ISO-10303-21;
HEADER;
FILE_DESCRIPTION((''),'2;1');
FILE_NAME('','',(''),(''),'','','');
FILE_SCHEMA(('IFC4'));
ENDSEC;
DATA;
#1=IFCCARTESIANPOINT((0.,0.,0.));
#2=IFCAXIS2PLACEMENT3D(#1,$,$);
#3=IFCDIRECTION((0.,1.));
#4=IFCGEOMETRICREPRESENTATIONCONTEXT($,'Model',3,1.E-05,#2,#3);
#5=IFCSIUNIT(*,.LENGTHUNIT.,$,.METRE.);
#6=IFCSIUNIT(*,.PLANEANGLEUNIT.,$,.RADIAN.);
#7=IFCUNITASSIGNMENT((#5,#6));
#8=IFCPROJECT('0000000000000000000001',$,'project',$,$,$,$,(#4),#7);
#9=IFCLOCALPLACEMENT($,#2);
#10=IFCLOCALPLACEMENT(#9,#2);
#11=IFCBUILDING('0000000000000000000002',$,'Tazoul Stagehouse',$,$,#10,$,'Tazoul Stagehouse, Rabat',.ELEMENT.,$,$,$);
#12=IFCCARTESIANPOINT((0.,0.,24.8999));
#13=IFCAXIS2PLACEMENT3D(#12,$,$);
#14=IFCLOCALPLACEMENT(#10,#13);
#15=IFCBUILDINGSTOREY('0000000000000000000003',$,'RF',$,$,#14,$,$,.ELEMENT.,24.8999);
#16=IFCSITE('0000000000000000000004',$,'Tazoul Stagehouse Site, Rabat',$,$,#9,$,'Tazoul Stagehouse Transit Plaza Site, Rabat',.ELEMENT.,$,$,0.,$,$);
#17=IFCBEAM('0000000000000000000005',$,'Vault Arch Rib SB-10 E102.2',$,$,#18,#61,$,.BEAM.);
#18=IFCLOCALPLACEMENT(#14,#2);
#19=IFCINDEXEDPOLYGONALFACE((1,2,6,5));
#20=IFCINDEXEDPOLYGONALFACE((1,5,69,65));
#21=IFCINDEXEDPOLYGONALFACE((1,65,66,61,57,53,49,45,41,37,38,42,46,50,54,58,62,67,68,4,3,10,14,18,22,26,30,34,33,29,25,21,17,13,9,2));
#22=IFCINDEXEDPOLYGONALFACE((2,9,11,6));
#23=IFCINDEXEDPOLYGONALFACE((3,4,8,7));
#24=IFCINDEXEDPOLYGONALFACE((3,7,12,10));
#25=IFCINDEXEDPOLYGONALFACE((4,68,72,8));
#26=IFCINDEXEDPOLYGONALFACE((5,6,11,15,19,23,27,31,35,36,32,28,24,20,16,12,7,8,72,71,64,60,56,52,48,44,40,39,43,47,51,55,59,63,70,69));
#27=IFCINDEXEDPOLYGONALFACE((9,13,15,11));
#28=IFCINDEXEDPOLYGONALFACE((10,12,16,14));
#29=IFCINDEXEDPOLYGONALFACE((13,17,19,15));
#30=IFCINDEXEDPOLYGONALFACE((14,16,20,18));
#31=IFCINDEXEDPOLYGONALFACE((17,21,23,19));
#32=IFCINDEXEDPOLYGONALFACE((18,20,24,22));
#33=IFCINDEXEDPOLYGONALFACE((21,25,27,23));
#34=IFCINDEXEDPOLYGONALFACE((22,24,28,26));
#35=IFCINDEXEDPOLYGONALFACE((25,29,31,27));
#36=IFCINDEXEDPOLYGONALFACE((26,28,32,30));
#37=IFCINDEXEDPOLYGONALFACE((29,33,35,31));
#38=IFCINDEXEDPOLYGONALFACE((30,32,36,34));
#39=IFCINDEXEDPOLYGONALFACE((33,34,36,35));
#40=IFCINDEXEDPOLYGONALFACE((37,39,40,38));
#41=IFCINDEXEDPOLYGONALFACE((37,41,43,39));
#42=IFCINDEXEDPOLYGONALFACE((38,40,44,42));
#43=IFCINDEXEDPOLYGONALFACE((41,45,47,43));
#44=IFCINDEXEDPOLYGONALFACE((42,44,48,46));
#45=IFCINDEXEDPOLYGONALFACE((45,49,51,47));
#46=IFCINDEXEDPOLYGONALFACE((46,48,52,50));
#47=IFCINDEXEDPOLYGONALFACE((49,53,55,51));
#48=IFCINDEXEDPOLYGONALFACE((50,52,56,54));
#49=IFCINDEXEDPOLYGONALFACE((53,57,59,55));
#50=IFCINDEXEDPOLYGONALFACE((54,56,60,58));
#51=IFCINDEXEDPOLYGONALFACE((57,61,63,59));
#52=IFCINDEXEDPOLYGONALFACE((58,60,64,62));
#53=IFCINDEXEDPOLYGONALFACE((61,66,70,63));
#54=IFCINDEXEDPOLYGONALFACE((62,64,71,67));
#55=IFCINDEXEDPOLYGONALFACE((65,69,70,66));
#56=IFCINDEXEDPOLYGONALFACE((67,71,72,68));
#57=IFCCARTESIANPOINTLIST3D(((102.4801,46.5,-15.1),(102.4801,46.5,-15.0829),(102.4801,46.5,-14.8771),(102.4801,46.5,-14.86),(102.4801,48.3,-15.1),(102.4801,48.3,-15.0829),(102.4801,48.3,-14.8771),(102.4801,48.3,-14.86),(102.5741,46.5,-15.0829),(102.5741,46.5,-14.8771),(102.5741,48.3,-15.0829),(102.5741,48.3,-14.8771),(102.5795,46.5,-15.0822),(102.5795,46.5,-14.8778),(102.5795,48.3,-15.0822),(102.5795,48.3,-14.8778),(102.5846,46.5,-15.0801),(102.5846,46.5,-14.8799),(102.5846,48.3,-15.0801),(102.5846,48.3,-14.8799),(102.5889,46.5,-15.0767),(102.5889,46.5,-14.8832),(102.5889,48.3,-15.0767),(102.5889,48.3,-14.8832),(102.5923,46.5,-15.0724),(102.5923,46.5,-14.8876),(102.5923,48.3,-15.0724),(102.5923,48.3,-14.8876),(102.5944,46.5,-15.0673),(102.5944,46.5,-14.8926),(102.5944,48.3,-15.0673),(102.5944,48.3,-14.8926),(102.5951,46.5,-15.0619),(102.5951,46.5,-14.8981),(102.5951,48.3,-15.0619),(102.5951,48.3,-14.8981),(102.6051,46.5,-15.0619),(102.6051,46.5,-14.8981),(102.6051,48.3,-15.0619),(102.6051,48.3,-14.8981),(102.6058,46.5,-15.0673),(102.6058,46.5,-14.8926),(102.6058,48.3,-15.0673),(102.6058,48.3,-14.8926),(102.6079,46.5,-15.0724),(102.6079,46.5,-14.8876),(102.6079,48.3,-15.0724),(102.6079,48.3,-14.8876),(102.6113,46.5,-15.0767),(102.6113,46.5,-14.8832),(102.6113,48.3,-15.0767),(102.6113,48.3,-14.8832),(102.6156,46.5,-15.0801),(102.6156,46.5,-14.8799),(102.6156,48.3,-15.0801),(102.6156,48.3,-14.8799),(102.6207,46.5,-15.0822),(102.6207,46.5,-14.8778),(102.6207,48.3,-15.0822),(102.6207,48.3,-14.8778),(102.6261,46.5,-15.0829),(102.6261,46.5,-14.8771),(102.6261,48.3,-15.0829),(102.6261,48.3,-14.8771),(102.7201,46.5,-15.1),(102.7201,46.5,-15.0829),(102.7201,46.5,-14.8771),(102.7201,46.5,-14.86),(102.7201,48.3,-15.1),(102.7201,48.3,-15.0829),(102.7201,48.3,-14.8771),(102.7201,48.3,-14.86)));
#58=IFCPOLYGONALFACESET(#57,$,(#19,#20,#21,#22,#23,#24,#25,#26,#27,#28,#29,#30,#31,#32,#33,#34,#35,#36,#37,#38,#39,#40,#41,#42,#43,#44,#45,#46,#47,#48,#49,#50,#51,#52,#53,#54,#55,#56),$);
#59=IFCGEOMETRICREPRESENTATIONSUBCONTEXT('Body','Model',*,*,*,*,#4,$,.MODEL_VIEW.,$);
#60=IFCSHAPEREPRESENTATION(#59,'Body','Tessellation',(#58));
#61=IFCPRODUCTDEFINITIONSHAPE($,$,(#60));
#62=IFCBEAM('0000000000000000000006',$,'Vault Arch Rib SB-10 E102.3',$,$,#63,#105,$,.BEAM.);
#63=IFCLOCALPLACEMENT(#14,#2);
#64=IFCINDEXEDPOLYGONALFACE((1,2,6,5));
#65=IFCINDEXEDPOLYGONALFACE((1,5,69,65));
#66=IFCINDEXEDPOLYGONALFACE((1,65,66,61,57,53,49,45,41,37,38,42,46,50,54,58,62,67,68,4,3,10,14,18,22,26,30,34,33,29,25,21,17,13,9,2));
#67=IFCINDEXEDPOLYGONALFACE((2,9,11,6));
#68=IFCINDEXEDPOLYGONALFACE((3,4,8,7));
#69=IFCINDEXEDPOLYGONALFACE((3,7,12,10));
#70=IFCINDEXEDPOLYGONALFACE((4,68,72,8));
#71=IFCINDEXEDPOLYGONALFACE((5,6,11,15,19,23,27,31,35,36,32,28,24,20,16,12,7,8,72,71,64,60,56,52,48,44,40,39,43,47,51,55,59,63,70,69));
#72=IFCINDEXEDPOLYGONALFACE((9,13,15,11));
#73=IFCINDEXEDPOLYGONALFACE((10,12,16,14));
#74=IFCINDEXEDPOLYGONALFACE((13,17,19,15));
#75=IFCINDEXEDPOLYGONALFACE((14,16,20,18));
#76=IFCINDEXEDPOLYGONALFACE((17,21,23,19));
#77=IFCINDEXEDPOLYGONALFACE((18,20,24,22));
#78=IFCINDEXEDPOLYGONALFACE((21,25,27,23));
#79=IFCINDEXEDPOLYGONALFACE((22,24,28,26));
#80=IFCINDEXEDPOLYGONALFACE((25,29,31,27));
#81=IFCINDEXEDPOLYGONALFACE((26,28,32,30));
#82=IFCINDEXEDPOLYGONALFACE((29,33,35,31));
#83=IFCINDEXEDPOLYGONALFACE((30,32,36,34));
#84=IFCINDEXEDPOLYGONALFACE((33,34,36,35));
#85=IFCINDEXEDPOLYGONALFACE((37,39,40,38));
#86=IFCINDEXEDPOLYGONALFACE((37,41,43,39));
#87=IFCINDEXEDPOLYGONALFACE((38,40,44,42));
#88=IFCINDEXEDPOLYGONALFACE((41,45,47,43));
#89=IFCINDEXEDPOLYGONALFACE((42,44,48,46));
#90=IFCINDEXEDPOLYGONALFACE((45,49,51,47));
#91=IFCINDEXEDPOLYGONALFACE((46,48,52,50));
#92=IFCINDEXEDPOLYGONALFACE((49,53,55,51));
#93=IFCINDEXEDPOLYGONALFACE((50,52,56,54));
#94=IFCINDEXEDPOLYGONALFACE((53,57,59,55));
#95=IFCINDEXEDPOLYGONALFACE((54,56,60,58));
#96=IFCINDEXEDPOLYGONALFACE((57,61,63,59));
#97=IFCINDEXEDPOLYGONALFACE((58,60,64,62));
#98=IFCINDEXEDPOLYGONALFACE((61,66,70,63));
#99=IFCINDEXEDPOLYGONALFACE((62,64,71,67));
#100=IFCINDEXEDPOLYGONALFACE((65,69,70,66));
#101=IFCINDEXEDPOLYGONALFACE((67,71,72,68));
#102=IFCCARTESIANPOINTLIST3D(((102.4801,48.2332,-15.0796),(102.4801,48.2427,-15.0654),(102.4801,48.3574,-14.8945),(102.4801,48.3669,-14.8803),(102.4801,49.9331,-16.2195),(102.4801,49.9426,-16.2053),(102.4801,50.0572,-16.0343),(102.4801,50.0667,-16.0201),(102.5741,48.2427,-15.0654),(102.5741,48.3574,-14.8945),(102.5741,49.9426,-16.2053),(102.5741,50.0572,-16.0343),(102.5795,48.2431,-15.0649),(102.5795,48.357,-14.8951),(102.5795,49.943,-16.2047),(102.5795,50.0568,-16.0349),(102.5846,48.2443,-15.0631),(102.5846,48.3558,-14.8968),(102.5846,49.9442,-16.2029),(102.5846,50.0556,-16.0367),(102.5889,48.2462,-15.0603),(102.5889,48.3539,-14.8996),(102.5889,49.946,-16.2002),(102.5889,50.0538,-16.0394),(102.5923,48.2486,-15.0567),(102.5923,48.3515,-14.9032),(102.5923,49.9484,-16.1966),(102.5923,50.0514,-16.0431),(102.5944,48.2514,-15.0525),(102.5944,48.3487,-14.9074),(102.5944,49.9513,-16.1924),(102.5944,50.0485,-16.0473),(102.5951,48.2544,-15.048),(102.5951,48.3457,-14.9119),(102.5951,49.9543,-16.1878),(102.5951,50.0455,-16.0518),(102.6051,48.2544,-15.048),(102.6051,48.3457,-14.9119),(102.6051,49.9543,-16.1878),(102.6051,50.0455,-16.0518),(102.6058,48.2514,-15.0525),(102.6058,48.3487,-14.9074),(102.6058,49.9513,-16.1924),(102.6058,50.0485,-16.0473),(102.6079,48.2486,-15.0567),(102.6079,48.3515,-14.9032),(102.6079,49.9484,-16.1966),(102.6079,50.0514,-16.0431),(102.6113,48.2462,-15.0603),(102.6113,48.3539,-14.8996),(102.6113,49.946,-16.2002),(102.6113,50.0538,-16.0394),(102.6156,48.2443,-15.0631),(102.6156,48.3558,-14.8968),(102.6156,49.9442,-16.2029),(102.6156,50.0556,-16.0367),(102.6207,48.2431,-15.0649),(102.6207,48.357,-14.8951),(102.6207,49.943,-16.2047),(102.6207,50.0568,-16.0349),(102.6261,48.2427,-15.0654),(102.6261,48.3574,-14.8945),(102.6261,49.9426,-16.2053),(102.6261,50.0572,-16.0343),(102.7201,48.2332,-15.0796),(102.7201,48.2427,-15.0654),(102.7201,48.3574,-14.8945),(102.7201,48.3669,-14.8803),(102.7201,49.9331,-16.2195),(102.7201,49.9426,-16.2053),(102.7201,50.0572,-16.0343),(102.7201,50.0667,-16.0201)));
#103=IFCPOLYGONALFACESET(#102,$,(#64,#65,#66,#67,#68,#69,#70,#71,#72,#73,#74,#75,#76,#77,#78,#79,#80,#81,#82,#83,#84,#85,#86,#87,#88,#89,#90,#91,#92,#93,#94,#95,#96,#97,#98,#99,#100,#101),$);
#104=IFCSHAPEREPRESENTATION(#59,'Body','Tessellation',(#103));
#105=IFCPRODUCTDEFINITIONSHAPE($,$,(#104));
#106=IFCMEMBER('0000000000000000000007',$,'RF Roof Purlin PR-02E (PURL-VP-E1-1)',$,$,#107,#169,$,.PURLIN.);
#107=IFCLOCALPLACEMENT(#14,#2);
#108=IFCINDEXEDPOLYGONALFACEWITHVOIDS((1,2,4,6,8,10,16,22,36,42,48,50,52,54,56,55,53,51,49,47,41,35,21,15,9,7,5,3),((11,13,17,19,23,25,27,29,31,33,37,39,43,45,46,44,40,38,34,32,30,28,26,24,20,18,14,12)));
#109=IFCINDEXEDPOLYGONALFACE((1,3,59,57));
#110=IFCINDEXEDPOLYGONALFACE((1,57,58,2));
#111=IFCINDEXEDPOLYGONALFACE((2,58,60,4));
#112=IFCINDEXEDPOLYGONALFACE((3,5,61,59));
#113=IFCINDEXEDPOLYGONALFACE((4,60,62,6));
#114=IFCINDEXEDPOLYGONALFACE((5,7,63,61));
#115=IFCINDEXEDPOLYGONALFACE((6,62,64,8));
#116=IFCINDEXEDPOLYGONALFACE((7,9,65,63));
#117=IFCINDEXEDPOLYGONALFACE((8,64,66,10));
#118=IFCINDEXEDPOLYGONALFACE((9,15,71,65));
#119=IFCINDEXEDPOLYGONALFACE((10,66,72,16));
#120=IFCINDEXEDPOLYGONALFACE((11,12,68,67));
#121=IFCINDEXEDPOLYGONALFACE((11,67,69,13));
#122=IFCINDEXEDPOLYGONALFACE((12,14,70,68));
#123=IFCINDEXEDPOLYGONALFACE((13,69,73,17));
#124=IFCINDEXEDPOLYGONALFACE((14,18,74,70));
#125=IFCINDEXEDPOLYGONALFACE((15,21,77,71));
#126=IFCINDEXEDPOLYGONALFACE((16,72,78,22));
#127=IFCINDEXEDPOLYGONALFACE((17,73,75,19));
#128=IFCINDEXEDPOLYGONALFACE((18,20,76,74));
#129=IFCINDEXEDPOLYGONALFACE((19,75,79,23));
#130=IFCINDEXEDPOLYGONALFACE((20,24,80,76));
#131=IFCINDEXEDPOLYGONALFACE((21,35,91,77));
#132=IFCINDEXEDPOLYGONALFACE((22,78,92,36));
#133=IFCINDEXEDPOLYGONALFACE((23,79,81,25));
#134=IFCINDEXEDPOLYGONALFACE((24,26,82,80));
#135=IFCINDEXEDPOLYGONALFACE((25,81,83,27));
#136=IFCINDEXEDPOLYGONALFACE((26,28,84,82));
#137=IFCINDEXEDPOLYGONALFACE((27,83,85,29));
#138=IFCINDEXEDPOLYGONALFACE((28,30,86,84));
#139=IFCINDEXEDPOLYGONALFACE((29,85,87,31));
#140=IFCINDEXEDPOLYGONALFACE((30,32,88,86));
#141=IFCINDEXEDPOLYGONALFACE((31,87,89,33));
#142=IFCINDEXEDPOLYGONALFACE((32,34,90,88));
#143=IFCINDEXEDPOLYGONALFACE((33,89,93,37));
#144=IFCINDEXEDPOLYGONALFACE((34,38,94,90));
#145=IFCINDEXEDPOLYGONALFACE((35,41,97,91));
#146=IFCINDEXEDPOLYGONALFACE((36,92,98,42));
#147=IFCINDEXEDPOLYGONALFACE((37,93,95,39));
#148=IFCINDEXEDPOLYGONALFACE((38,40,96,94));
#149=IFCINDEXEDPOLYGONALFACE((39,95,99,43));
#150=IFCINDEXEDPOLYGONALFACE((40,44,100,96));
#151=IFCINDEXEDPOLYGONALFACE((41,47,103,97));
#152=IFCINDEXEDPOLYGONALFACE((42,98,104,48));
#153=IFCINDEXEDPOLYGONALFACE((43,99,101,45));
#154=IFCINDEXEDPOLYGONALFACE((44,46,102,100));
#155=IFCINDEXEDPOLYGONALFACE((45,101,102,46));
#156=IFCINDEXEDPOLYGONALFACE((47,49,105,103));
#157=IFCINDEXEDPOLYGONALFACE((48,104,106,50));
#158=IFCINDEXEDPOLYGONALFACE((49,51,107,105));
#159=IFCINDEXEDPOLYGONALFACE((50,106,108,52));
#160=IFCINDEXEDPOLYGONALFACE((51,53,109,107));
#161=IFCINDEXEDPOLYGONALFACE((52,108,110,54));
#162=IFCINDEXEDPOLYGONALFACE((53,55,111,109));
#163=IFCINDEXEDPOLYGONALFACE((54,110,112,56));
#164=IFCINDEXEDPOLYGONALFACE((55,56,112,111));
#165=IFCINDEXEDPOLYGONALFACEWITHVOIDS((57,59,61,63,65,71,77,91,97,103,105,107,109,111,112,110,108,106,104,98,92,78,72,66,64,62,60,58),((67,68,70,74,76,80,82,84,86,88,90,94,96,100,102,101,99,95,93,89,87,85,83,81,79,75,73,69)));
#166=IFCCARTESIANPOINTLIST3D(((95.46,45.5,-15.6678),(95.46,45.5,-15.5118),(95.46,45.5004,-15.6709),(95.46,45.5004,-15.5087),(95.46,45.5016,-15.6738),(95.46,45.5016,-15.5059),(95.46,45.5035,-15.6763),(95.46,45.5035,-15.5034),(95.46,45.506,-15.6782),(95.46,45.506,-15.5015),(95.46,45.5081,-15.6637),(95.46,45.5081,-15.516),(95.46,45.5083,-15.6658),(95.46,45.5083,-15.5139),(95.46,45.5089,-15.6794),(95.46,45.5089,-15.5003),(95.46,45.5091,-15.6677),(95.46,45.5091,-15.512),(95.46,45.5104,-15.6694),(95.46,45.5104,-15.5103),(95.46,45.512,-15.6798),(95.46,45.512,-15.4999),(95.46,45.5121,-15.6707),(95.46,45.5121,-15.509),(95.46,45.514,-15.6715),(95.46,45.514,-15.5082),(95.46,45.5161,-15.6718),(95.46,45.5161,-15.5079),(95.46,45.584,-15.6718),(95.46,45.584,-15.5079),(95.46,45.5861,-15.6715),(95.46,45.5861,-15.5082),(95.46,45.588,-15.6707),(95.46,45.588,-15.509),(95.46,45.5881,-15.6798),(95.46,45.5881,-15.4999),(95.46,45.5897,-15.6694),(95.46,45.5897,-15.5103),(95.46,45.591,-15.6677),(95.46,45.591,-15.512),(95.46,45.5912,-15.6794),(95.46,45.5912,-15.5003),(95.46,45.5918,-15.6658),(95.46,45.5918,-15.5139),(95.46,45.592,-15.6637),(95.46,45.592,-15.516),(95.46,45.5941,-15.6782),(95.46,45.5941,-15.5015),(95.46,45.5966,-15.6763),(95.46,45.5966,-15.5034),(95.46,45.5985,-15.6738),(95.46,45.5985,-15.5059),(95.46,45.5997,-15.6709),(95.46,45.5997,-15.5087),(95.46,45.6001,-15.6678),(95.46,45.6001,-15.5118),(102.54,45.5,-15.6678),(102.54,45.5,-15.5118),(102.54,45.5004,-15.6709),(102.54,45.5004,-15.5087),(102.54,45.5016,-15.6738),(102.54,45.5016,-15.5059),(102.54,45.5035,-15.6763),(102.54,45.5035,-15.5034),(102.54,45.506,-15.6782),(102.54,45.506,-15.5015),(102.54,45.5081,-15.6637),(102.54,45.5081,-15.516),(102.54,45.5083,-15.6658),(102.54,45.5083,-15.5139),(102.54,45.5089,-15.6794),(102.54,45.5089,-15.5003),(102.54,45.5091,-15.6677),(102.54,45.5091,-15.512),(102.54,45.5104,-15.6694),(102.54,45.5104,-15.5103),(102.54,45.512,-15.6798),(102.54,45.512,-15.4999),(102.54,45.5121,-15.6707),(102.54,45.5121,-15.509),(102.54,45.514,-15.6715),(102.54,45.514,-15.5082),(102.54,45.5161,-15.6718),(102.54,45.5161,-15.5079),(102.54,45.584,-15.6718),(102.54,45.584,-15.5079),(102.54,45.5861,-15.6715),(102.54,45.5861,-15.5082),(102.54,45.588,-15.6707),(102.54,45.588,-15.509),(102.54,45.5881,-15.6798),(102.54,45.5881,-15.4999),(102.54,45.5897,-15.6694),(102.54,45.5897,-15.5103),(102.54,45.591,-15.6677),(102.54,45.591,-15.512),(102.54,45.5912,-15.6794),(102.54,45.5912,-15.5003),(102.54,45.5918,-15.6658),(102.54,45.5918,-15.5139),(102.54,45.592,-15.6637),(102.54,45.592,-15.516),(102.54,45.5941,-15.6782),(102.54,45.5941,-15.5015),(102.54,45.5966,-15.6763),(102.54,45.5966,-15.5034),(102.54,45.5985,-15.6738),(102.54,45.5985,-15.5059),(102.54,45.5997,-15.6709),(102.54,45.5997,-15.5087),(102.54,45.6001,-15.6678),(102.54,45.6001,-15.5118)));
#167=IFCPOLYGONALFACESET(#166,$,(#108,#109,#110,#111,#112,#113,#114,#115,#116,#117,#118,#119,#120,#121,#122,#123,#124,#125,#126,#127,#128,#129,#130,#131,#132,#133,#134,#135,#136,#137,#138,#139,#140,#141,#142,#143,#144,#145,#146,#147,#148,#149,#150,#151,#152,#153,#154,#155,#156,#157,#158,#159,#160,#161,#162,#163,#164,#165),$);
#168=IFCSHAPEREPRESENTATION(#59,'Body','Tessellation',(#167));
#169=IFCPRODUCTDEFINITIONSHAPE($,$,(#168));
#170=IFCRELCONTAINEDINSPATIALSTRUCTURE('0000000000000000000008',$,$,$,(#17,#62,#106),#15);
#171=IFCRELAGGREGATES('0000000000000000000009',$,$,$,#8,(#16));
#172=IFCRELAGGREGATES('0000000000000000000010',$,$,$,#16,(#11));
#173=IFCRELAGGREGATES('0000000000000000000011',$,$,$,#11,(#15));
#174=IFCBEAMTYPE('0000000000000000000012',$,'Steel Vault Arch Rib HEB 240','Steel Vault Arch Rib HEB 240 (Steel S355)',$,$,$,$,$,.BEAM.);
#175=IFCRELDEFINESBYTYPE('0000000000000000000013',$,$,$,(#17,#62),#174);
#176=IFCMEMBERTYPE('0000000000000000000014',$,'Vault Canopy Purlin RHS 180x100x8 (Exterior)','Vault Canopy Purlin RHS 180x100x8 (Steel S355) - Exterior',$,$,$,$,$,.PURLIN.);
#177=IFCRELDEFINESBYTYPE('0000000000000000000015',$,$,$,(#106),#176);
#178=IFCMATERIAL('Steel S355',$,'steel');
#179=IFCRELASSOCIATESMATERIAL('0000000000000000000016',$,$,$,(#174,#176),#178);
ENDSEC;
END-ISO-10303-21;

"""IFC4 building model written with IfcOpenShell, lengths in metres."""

from ifc_helpers import new_model, si_unit, direction, frame, origin, origin_2d, place, context, subcontext, project, spatial, hollow_rectangle, i_section, extrude, material, material_profile, profile_set, type_object, element, save


model = new_model("IFC4")

# Units and contexts
model_context = context("Model", 3, precision=1e-05, world=origin(), true_north=direction((0.0, 1.0)))
body_context = subcontext(model_context, "Body", "Model", "MODEL_VIEW")
ifc_project = project(units=[si_unit("LENGTHUNIT", "METRE"), si_unit("PLANEANGLEUNIT", "RADIAN")], contexts=[model_context])

# Site, building, storey
site_placement = place(None, origin())
site = spatial("IfcSite", under=ifc_project, at=site_placement, Name="Tazoul Stagehouse Site, Rabat", LongName="Tazoul Stagehouse Transit Plaza Site, Rabat", CompositionType="ELEMENT", RefElevation=0.0)
building_placement = place(site_placement, origin())
building = spatial("IfcBuilding", under=site, at=building_placement, Name="Tazoul Stagehouse", LongName="Tazoul Stagehouse, Rabat", CompositionType="ELEMENT")
storey_placement = place(building_placement, frame((0.0, 0.0, 24.8999)))
storey = spatial("IfcBuildingStorey", under=building, at=storey_placement, Name="RF", CompositionType="ELEMENT", Elevation=24.8999)

# Beams
ifc_material_1 = material(Name="Steel S355", Category="steel")
ifc_material_profile_1 = material_profile(ifc_material_1, i_section(OverallWidth=0.24, OverallDepth=0.24, WebThickness=0.01, FlangeThickness=0.0171, FilletRadius=0.021, at=origin_2d()), Name="HEB 240")
ifc_profile_set_1 = profile_set([ifc_material_profile_1], Name="Steel S355")
beam_type = type_object("IfcBeamType", Name="Steel Vault Arch Rib HEB 240", Description="Steel Vault Arch Rib HEB 240 (Steel S355)", PredefinedType="BEAM", material=ifc_profile_set_1)
beam_1_placement = place(storey_placement, frame((102.6001, 46.5, -14.98), z_axis=(0.0, 1.0, 0.0), x_axis=(-1.0, 0.0, 0.0)))
element("IfcBeam", 1, at=beam_1_placement, inside=storey, type_object=beam_type, Name="Vault Arch Rib SB-10 E102.2", PredefinedType="BEAM", context=body_context, shape_type="SweptSolid", body=[
    extrude(i_section(OverallWidth=0.24, OverallDepth=0.24, WebThickness=0.01, FlangeThickness=0.0171, FilletRadius=0.021, at=origin_2d()), origin(), (0.0, 0.0, 1.0), 1.8),
])
beam_2_placement = place(storey_placement, frame((102.6001, 48.3, -14.98), z_axis=(0.0, 0.830561, -0.556928), x_axis=(-1.0, 0.0, 0.0)))
element("IfcBeam", 2, at=beam_2_placement, inside=storey, type_object=beam_type, Name="Vault Arch Rib SB-10 E102.3", PredefinedType="BEAM", context=body_context, shape_type="SweptSolid", body=[
    extrude(i_section(OverallWidth=0.24, OverallDepth=0.24, WebThickness=0.01, FlangeThickness=0.0171, FilletRadius=0.021, at=origin_2d()), origin(), (0.0, 0.0, 1.0), 2.0466),
])

# Member
ifc_material_profile_2 = material_profile(ifc_material_1, hollow_rectangle(XDim=0.1001, YDim=0.1799, WallThickness=0.0081, InnerFilletRadius=0.0081, OuterFilletRadius=0.012, at=origin_2d()), Name="RHS 180x100x8")
ifc_profile_set_2 = profile_set([ifc_material_profile_2], Name="Steel S355")
member_type = type_object("IfcMemberType", Name="Vault Canopy Purlin RHS 180x100x8 (Exterior)", Description="Vault Canopy Purlin RHS 180x100x8 (Steel S355) - Exterior", PredefinedType="PURLIN", material=ifc_profile_set_2)
for number, where, z_axis, x_axis, name in (
    (3, (95.46, 45.55, -15.5898), (1.0, 0.0, 0.0), (0.0, 1.0, 0.0), "RF Roof Purlin PR-02E (PURL-VP-E1-1)"),
):
    element("IfcMember", number, at=place(storey_placement, frame(where, z_axis=z_axis, x_axis=x_axis)), inside=storey, type_object=member_type, Name=name, PredefinedType="PURLIN", context=body_context, shape_type="SweptSolid", body=[
        extrude(hollow_rectangle(XDim=0.1001, YDim=0.1799, WallThickness=0.0081, InnerFilletRadius=0.0081, OuterFilletRadius=0.012, at=origin_2d()), origin(), (0.0, 0.0, 1.0), 7.0801),
    ])

save(model, "model.ifc")
